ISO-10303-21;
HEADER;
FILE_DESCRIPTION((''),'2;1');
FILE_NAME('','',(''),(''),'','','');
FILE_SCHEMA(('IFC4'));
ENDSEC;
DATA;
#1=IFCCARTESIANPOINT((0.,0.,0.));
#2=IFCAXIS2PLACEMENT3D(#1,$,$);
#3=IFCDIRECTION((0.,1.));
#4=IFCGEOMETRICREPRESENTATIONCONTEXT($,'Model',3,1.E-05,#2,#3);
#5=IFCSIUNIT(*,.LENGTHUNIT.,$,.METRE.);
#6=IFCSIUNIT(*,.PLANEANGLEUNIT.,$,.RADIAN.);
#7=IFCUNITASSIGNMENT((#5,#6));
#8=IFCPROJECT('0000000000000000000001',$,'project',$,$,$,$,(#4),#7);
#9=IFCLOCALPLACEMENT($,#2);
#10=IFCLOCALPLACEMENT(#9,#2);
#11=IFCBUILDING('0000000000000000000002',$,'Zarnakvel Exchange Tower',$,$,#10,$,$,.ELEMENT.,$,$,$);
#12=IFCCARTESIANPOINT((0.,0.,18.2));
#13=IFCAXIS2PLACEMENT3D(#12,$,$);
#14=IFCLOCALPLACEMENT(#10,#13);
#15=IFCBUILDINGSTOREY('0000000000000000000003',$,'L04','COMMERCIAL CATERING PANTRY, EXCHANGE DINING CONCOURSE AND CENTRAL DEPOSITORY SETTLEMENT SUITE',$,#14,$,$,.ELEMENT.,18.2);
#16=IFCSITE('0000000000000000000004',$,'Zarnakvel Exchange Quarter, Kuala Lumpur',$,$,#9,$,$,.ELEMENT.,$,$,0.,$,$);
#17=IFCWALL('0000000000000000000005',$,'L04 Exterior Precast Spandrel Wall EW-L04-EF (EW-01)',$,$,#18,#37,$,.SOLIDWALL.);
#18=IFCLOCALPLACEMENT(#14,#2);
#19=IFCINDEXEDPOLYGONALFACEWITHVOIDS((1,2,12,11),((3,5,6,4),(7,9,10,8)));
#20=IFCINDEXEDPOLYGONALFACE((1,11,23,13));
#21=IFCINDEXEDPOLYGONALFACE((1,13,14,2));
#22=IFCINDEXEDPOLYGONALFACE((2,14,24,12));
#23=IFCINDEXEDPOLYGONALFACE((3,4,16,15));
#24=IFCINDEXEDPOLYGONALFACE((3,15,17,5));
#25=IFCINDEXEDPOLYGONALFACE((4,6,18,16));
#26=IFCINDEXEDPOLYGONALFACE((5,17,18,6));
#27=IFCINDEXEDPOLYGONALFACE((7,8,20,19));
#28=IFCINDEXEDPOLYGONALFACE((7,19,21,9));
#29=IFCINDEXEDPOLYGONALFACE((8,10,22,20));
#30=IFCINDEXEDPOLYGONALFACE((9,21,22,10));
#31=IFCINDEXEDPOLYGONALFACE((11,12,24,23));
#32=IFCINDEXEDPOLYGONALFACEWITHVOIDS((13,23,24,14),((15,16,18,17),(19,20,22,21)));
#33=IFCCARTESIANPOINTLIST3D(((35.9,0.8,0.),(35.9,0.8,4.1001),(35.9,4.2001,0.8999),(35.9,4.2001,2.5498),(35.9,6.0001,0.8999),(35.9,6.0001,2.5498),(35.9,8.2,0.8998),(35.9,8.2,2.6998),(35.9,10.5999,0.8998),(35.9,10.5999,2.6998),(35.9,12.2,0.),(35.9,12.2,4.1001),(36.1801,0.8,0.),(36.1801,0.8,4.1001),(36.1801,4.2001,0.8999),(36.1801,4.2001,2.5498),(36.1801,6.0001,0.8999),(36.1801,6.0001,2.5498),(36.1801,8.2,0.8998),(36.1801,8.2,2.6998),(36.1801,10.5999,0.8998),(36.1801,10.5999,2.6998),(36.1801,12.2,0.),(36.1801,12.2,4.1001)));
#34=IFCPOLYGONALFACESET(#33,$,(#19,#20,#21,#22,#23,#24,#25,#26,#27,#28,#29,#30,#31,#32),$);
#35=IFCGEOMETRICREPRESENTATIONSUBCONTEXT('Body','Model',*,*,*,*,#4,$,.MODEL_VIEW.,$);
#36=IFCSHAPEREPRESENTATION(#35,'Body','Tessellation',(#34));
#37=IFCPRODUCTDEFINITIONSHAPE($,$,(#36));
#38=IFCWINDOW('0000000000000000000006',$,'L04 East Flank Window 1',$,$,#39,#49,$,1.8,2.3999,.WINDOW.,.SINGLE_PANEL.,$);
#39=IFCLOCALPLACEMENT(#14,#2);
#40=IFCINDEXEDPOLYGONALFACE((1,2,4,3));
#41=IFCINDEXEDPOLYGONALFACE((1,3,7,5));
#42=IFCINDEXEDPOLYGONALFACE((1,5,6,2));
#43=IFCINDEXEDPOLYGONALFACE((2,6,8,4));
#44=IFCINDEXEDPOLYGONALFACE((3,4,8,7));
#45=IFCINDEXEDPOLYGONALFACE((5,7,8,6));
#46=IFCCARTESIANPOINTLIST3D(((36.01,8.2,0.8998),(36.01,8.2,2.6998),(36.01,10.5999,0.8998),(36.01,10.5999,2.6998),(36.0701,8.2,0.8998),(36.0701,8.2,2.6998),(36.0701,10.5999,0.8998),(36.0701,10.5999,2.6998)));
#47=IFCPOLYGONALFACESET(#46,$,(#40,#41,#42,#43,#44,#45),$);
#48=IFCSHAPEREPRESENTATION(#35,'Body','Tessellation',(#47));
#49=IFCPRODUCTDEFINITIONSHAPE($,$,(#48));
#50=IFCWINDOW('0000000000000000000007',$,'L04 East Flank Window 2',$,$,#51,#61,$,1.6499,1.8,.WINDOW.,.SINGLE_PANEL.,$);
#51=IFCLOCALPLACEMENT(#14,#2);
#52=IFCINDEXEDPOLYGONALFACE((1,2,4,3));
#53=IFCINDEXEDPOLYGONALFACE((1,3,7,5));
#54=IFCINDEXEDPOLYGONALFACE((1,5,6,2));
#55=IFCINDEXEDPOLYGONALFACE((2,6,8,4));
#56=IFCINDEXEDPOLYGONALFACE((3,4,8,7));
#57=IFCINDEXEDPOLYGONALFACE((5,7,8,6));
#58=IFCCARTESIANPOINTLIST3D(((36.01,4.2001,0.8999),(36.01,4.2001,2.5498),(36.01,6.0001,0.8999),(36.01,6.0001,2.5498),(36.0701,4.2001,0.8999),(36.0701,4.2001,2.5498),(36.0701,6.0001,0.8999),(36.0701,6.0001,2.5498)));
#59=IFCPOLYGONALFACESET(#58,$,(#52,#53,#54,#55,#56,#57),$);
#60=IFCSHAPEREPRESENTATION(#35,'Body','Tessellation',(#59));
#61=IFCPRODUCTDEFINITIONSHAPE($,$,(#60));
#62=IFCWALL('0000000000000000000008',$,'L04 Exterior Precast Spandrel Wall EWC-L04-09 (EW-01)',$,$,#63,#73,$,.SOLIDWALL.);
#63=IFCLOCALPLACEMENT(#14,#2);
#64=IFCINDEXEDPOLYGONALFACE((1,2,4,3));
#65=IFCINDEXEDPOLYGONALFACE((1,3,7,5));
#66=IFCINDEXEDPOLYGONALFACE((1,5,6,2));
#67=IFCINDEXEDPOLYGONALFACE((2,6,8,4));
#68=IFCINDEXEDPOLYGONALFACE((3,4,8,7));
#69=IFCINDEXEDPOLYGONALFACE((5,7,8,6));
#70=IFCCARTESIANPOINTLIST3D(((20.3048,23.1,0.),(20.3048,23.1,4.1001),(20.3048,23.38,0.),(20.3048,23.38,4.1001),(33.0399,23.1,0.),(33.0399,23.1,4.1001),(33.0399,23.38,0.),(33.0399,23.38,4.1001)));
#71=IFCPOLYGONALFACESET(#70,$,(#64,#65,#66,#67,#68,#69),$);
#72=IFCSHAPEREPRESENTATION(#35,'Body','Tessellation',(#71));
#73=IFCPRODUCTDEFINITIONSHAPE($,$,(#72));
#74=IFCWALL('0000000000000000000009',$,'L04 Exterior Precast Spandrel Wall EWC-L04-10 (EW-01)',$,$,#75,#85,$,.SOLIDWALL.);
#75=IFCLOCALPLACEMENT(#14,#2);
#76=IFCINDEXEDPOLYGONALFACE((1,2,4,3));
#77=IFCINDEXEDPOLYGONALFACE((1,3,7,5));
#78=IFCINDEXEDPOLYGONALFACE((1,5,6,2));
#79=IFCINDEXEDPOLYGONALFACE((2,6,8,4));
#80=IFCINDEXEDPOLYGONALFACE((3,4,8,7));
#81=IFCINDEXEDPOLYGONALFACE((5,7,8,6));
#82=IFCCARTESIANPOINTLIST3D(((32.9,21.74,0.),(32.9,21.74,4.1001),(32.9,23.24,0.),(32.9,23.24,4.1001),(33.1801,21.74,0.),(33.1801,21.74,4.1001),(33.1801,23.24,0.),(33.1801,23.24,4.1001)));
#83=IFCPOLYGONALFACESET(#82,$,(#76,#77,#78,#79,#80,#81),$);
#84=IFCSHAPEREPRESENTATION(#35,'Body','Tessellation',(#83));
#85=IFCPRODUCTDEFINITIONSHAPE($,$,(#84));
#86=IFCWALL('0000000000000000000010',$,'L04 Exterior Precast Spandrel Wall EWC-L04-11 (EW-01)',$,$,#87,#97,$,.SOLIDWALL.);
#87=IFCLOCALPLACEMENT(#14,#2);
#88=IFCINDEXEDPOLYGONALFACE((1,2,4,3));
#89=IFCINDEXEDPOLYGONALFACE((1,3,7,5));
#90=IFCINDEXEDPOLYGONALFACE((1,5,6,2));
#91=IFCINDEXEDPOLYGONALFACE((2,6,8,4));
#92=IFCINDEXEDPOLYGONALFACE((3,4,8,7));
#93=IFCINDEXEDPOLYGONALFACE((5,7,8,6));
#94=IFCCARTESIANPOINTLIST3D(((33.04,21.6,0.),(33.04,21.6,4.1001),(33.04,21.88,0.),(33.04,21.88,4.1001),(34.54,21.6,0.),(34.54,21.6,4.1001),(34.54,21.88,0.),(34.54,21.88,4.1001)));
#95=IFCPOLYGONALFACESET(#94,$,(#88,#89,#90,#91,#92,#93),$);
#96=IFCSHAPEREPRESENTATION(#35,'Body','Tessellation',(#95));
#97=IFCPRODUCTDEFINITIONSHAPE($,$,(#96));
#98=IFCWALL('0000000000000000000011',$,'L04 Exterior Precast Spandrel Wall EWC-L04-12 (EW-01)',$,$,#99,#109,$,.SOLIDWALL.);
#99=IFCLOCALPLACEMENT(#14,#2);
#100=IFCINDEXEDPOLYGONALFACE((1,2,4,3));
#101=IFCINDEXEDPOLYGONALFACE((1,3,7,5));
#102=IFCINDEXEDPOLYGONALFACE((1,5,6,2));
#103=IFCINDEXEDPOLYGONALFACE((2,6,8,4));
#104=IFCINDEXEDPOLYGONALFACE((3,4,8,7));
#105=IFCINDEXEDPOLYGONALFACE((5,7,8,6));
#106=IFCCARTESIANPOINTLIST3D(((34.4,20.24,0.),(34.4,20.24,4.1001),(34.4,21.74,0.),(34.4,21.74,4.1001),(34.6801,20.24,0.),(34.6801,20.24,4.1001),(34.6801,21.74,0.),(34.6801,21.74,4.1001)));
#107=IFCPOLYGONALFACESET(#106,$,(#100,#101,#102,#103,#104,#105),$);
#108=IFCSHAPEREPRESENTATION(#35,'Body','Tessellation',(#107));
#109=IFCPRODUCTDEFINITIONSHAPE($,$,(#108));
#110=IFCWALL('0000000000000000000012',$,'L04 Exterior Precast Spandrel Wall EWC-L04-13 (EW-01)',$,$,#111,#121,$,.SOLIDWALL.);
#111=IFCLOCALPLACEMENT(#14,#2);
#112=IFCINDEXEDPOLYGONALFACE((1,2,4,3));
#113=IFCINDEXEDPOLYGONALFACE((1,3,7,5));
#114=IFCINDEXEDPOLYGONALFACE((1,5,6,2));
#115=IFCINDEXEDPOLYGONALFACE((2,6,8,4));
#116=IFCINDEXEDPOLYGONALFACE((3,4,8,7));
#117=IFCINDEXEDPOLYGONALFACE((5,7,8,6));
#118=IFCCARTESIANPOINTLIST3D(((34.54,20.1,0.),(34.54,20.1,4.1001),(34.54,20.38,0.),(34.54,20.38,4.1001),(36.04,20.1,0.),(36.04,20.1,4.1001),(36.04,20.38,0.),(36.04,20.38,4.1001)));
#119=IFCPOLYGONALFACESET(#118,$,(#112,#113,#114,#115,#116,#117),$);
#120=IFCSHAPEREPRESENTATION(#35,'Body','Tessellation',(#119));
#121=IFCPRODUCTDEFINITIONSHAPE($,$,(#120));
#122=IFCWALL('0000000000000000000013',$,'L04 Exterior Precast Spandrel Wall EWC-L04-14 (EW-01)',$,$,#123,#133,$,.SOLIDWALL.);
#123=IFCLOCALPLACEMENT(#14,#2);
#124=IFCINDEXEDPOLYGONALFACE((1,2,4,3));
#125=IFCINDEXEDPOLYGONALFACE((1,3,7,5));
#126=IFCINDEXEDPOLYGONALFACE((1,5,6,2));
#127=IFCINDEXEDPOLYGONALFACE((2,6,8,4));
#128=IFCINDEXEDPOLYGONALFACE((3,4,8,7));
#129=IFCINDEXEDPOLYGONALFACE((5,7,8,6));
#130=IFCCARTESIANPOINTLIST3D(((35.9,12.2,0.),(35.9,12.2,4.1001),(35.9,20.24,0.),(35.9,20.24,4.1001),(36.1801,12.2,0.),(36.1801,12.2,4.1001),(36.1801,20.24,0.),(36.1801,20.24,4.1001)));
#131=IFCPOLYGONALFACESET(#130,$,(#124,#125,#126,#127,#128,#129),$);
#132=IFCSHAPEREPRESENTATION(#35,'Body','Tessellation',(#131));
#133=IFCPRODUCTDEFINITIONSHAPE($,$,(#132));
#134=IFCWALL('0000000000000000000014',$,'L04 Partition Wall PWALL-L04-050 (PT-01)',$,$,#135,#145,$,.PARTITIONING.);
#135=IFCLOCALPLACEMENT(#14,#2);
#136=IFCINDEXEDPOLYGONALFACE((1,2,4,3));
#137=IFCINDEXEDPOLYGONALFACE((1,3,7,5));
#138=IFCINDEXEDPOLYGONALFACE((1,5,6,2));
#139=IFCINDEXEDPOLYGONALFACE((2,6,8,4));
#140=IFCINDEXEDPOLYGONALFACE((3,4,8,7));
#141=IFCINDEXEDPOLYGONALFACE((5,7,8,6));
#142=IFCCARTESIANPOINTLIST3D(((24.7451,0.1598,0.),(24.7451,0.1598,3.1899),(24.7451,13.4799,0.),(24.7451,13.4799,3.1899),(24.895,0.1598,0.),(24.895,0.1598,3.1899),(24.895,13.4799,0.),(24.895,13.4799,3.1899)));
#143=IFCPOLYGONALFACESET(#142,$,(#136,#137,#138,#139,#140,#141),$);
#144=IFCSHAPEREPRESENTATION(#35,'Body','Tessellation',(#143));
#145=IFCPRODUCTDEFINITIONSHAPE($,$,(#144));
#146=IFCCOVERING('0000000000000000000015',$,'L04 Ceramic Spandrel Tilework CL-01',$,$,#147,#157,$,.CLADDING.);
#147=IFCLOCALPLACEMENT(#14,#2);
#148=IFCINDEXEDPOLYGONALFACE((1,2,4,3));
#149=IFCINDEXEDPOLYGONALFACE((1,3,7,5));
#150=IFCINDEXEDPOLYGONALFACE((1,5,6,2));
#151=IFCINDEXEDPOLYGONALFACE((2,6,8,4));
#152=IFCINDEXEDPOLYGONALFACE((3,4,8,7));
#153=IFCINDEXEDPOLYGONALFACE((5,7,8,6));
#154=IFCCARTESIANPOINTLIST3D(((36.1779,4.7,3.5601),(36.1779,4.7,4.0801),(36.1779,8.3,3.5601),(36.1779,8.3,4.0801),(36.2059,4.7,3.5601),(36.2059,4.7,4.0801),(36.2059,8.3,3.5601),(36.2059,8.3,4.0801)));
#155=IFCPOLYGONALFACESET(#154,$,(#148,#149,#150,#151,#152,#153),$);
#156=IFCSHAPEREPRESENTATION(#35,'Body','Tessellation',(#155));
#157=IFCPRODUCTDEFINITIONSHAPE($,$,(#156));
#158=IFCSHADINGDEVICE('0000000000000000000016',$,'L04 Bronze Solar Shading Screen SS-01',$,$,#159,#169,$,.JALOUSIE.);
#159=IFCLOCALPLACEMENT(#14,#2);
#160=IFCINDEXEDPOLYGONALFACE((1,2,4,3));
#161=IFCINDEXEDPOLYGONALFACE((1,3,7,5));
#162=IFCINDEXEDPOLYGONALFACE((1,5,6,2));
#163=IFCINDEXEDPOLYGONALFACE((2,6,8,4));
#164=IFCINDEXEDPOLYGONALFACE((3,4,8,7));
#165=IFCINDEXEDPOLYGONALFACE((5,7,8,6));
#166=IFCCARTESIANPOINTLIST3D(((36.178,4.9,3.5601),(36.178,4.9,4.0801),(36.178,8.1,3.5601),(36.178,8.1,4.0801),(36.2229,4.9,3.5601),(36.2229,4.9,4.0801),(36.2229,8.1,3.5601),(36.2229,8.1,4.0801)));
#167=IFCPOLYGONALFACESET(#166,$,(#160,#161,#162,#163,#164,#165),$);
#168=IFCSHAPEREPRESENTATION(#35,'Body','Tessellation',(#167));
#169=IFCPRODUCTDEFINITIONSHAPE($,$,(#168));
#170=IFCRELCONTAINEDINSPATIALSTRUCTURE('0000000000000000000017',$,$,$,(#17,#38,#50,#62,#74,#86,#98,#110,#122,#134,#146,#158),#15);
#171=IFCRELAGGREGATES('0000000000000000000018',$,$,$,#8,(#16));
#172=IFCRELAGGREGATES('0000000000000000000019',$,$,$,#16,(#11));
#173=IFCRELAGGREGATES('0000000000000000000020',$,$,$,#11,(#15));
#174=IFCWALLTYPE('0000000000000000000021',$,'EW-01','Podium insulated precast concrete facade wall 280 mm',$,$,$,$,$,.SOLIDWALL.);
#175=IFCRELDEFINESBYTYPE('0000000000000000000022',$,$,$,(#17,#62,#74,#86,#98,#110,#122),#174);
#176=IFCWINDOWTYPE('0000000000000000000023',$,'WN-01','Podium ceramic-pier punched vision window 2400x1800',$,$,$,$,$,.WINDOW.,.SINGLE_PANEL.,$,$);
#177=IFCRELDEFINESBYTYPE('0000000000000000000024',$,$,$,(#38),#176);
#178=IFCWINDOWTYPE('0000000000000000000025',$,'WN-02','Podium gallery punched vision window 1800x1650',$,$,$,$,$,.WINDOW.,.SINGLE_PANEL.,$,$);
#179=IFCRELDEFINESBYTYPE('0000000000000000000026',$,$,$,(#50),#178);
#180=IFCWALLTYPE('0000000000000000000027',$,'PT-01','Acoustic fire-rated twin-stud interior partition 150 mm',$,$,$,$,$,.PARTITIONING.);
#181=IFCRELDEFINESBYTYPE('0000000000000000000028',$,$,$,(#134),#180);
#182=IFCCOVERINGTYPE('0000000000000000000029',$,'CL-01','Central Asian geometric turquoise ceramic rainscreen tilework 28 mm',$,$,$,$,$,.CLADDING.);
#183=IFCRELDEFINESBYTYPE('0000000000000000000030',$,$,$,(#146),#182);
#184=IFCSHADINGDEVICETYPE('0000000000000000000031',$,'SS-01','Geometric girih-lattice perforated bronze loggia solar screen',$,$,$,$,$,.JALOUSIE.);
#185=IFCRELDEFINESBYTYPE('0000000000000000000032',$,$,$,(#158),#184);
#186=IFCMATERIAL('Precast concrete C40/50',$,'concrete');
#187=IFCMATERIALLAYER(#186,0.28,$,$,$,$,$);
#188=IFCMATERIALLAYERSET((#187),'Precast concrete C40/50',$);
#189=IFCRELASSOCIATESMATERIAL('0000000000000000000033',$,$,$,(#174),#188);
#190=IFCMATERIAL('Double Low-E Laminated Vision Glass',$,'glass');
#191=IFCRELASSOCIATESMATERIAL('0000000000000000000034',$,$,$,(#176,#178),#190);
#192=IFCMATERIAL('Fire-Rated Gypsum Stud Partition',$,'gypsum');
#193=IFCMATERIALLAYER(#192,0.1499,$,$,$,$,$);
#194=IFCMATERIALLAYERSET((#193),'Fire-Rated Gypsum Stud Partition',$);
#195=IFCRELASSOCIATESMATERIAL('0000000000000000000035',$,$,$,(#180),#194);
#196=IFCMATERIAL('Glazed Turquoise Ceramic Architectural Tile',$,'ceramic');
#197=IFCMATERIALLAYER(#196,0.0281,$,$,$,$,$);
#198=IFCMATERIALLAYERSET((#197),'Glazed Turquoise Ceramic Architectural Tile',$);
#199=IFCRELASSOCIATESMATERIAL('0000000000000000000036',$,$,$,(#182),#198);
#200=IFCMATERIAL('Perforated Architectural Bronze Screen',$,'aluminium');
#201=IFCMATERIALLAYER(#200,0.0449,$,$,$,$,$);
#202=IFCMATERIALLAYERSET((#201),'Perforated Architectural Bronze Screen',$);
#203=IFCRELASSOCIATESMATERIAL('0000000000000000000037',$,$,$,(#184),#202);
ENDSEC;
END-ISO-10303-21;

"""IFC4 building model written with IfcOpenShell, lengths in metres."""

from ifc_helpers import new_model, si_unit, direction, frame, frame_2d, origin, origin_2d, place, context, subcontext, project, spatial, rectangle, extrude, source, transform, mapped, material, layer, layer_set, type_object, element, fill, save


model = new_model("IFC4")

# Units and contexts
model_context = context("Model", 3, precision=1e-05, world=origin(), true_north=direction((0.0, 1.0)))
body_context = subcontext(model_context, "Body", "Model", "MODEL_VIEW")
ifc_project = project(units=[si_unit("LENGTHUNIT", "METRE"), si_unit("PLANEANGLEUNIT", "RADIAN")], contexts=[model_context])

# Site, building, storey
site_placement = place(None, origin())
site = spatial("IfcSite", under=ifc_project, at=site_placement, Name="Zarnakvel Exchange Quarter, Kuala Lumpur", CompositionType="ELEMENT", RefElevation=0.0)
building_placement = place(site_placement, origin())
building = spatial("IfcBuilding", under=site, at=building_placement, Name="Zarnakvel Exchange Tower", CompositionType="ELEMENT")
storey_placement = place(building_placement, frame((0.0, 0.0, 18.2)))
storey = spatial("IfcBuildingStorey", under=building, at=storey_placement, Name="L04", Description="COMMERCIAL CATERING PANTRY, EXCHANGE DINING CONCOURSE AND CENTRAL DEPOSITORY SETTLEMENT SUITE", CompositionType="ELEMENT", Elevation=18.2)

# Wall, openings, windows
ifc_material_1 = material(Name="Precast concrete C40/50", Category="concrete")
ifc_layer_1 = layer(ifc_material_1, 0.28)
ifc_layer_set_1 = layer_set([ifc_layer_1], Name="Precast concrete C40/50")
wall_type_1 = type_object("IfcWallType", Name="EW-01", Description="Podium insulated precast concrete facade wall 280 mm", PredefinedType="SOLIDWALL", material=ifc_layer_set_1)
wall_1_placement = place(storey_placement, frame((36.04, 12.2, 0.0), z_axis=(0.0, 0.0, 1.0), x_axis=(0.0, -1.0, 0.0)))
wall_1 = element("IfcWall", 1, at=wall_1_placement, inside=storey, type_object=wall_type_1, Name="L04 Exterior Precast Spandrel Wall EW-L04-EF (EW-01)", PredefinedType="SOLIDWALL", context=body_context, shape_type="SweptSolid", body=[
    extrude(rectangle(XDim=11.3999, YDim=0.28, at=frame_2d((5.7, 0.0))), origin(), (0.0, 0.0, 1.0), 4.1001),
])
opening_1_placement = place(wall_1_placement, frame((1.6001, 0.0, 0.8999)))
opening_1 = element("IfcOpeningElement", 2, at=opening_1_placement, cuts=wall_1, PredefinedType="OPENING", context=body_context, shape_type="SweptSolid", body=[
    extrude(rectangle(XDim=2.3999, YDim=1.8, at=frame_2d((1.2, 0.8999))), frame((0.0, 0.1499, 0.0), z_axis=(0.0, -1.0, 0.0), x_axis=(1.0, 0.0, 0.0)), (0.0, 0.0, 1.0), 0.3),
])
opening_2_placement = place(wall_1_placement, frame((6.2, 0.0, 0.8999)))
opening_2 = element("IfcOpeningElement", 3, at=opening_2_placement, cuts=wall_1, PredefinedType="OPENING", context=body_context, shape_type="SweptSolid", body=[
    extrude(rectangle(XDim=1.8, YDim=1.6499, at=frame_2d((0.8999, 0.825))), frame((0.0, 0.1499, 0.0), z_axis=(0.0, -1.0, 0.0), x_axis=(1.0, 0.0, 0.0)), (0.0, 0.0, 1.0), 0.3),
])
ifc_material_2 = material(Name="Double Low-E Laminated Vision Glass", Category="glass")
window_type_1 = type_object("IfcWindowType", Name="WN-01", Description="Podium ceramic-pier punched vision window 2400x1800", PartitioningType="SINGLE_PANEL", PredefinedType="WINDOW", material=ifc_material_2)
shared_shape_1 = source(origin(), body_context, "Body", "SweptSolid", [
    extrude(rectangle(XDim=2.3999, YDim=1.8, at=frame_2d((1.2, 0.8999))), frame((0.0, 0.03, 0.0), z_axis=(0.0, -1.0, 0.0), x_axis=(1.0, 0.0, 0.0)), (0.0, 0.0, 1.0), 0.0601),
])
window_1_placement = place(opening_1_placement, origin())
window_1 = element("IfcWindow", 4, at=window_1_placement, inside=storey, type_object=window_type_1, Name="L04 East Flank Window 1", OverallHeight=1.8, OverallWidth=2.3999, PartitioningType="SINGLE_PANEL", PredefinedType="WINDOW", context=body_context, shape_type="MappedRepresentation", body=[
    mapped(shared_shape_1, transform((0.0, 0.0, 0.0), x_axis=(1.0, 0.0, 0.0), y_axis=(0.0, 1.0, 0.0), z_axis=(0.0, 0.0, 1.0), scale=1.0)),
])
fill(opening_1, window_1)
window_type_2 = type_object("IfcWindowType", Name="WN-02", Description="Podium gallery punched vision window 1800x1650", PartitioningType="SINGLE_PANEL", PredefinedType="WINDOW", material=ifc_material_2)
shared_shape_2 = source(origin(), body_context, "Body", "SweptSolid", [
    extrude(rectangle(XDim=1.8, YDim=1.6499, at=frame_2d((0.8999, 0.825))), frame((0.0, 0.03, 0.0), z_axis=(0.0, -1.0, 0.0), x_axis=(1.0, 0.0, 0.0)), (0.0, 0.0, 1.0), 0.0601),
])
window_2_placement = place(opening_2_placement, origin())
window_2 = element("IfcWindow", 5, at=window_2_placement, inside=storey, type_object=window_type_2, Name="L04 East Flank Window 2", OverallHeight=1.6499, OverallWidth=1.8, PartitioningType="SINGLE_PANEL", PredefinedType="WINDOW", context=body_context, shape_type="MappedRepresentation", body=[
    mapped(shared_shape_2, transform((0.0, 0.0, 0.0), x_axis=(1.0, 0.0, 0.0), y_axis=(0.0, 1.0, 0.0), z_axis=(0.0, 0.0, 1.0), scale=1.0)),
])
fill(opening_2, window_2)

# Walls
wall_2_placement = place(storey_placement, frame((33.04, 23.24, 0.0), z_axis=(0.0, 0.0, 1.0), x_axis=(-1.0, 0.0, 0.0)))
element("IfcWall", 6, at=wall_2_placement, inside=storey, type_object=wall_type_1, Name="L04 Exterior Precast Spandrel Wall EWC-L04-09 (EW-01)", PredefinedType="SOLIDWALL", context=body_context, shape_type="SweptSolid", body=[
    extrude(rectangle(XDim=12.7351, YDim=0.28, at=frame_2d((6.3677, 0.0))), origin(), (0.0, 0.0, 1.0), 4.1001),
])
for number, where, z_axis, x_axis, name in (
    (7, (33.04, 21.74, 0.0), (0.0, 0.0, 1.0), (0.0, 1.0, 0.0), "L04 Exterior Precast Spandrel Wall EWC-L04-10 (EW-01)"),
    (8, (34.54, 21.74, 0.0), (0.0, 0.0, 1.0), (-1.0, 0.0, 0.0), "L04 Exterior Precast Spandrel Wall EWC-L04-11 (EW-01)"),
    (9, (34.54, 20.24, 0.0), (0.0, 0.0, 1.0), (0.0, 1.0, 0.0), "L04 Exterior Precast Spandrel Wall EWC-L04-12 (EW-01)"),
    (10, (36.04, 20.24, 0.0), (0.0, 0.0, 1.0), (-1.0, 0.0, 0.0), "L04 Exterior Precast Spandrel Wall EWC-L04-13 (EW-01)"),
):
    element("IfcWall", number, at=place(storey_placement, frame(where, z_axis=z_axis, x_axis=x_axis)), inside=storey, type_object=wall_type_1, Name=name, PredefinedType="SOLIDWALL", context=body_context, shape_type="SweptSolid", body=[
        extrude(rectangle(XDim=1.5, YDim=0.28, at=frame_2d((0.75, 0.0))), origin(), (0.0, 0.0, 1.0), 4.1001),
    ])
wall_3_placement = place(storey_placement, frame((36.04, 12.2, 0.0), z_axis=(0.0, 0.0, 1.0), x_axis=(0.0, 1.0, 0.0)))
element("IfcWall", 11, at=wall_3_placement, inside=storey, type_object=wall_type_1, Name="L04 Exterior Precast Spandrel Wall EWC-L04-14 (EW-01)", PredefinedType="SOLIDWALL", context=body_context, shape_type="SweptSolid", body=[
    extrude(rectangle(XDim=8.04, YDim=0.28, at=frame_2d((4.02, 0.0))), origin(), (0.0, 0.0, 1.0), 4.1001),
])
ifc_material_3 = material(Name="Fire-Rated Gypsum Stud Partition", Category="gypsum")
ifc_layer_2 = layer(ifc_material_3, 0.1499)
ifc_layer_set_2 = layer_set([ifc_layer_2], Name="Fire-Rated Gypsum Stud Partition")
wall_type_2 = type_object("IfcWallType", Name="PT-01", Description="Acoustic fire-rated twin-stud interior partition 150 mm", PredefinedType="PARTITIONING", material=ifc_layer_set_2)
wall_4_placement = place(storey_placement, frame((24.8201, 13.48, 0.0), z_axis=(0.0, 0.0, 1.0), x_axis=(0.0, -1.0, 0.0)))
element("IfcWall", 12, at=wall_4_placement, inside=storey, type_object=wall_type_2, Name="L04 Partition Wall PWALL-L04-050 (PT-01)", PredefinedType="PARTITIONING", context=body_context, shape_type="SweptSolid", body=[
    extrude(rectangle(XDim=13.3201, YDim=0.1499, at=frame_2d((6.6602, 0.0))), origin(), (0.0, 0.0, 1.0), 3.1899),
])

# Covering
ifc_material_4 = material(Name="Glazed Turquoise Ceramic Architectural Tile", Category="ceramic")
ifc_layer_3 = layer(ifc_material_4, 0.0281)
ifc_layer_set_3 = layer_set([ifc_layer_3], Name="Glazed Turquoise Ceramic Architectural Tile")
covering_type = type_object("IfcCoveringType", Name="CL-01", Description="Central Asian geometric turquoise ceramic rainscreen tilework 28 mm", PredefinedType="CLADDING", material=ifc_layer_set_3)
shared_shape_3 = source(origin(), body_context, "Body", "SweptSolid", [
    extrude(rectangle(XDim=3.6001, YDim=0.0281, at=origin_2d()), origin(), (0.0, 0.0, 1.0), 0.52),
])
covering_placement = place(storey_placement, frame((36.1919, 6.5, 3.5601), z_axis=(0.0, 0.0, 1.0), x_axis=(0.0, -1.0, 0.0)))
element("IfcCovering", 13, at=covering_placement, inside=storey, type_object=covering_type, Name="L04 Ceramic Spandrel Tilework CL-01", PredefinedType="CLADDING", context=body_context, shape_type="MappedRepresentation", body=[
    mapped(shared_shape_3, transform((0.0, 0.0, 0.0), x_axis=(1.0, 0.0, 0.0), y_axis=(0.0, 1.0, 0.0), z_axis=(0.0, 0.0, 1.0), scale=1.0)),
])

# Shading device
ifc_material_5 = material(Name="Perforated Architectural Bronze Screen", Category="aluminium")
ifc_layer_4 = layer(ifc_material_5, 0.0449)
ifc_layer_set_4 = layer_set([ifc_layer_4], Name="Perforated Architectural Bronze Screen")
shading_device_type = type_object("IfcShadingDeviceType", Name="SS-01", Description="Geometric girih-lattice perforated bronze loggia solar screen", PredefinedType="JALOUSIE", material=ifc_layer_set_4)
shared_shape_4 = source(origin(), body_context, "Body", "SweptSolid", [
    extrude(rectangle(XDim=3.2, YDim=0.0449, at=origin_2d()), origin(), (0.0, 0.0, 1.0), 0.52),
])
shading_device_placement = place(storey_placement, frame((36.2004, 6.5, 3.5601), z_axis=(0.0, 0.0, 1.0), x_axis=(0.0, -1.0, 0.0)))
element("IfcShadingDevice", 14, at=shading_device_placement, inside=storey, type_object=shading_device_type, Name="L04 Bronze Solar Shading Screen SS-01", PredefinedType="JALOUSIE", context=body_context, shape_type="MappedRepresentation", body=[
    mapped(shared_shape_4, transform((0.0, 0.0, 0.0), x_axis=(1.0, 0.0, 0.0), y_axis=(0.0, 1.0, 0.0), z_axis=(0.0, 0.0, 1.0), scale=1.0)),
])

save(model, "model.ifc")
